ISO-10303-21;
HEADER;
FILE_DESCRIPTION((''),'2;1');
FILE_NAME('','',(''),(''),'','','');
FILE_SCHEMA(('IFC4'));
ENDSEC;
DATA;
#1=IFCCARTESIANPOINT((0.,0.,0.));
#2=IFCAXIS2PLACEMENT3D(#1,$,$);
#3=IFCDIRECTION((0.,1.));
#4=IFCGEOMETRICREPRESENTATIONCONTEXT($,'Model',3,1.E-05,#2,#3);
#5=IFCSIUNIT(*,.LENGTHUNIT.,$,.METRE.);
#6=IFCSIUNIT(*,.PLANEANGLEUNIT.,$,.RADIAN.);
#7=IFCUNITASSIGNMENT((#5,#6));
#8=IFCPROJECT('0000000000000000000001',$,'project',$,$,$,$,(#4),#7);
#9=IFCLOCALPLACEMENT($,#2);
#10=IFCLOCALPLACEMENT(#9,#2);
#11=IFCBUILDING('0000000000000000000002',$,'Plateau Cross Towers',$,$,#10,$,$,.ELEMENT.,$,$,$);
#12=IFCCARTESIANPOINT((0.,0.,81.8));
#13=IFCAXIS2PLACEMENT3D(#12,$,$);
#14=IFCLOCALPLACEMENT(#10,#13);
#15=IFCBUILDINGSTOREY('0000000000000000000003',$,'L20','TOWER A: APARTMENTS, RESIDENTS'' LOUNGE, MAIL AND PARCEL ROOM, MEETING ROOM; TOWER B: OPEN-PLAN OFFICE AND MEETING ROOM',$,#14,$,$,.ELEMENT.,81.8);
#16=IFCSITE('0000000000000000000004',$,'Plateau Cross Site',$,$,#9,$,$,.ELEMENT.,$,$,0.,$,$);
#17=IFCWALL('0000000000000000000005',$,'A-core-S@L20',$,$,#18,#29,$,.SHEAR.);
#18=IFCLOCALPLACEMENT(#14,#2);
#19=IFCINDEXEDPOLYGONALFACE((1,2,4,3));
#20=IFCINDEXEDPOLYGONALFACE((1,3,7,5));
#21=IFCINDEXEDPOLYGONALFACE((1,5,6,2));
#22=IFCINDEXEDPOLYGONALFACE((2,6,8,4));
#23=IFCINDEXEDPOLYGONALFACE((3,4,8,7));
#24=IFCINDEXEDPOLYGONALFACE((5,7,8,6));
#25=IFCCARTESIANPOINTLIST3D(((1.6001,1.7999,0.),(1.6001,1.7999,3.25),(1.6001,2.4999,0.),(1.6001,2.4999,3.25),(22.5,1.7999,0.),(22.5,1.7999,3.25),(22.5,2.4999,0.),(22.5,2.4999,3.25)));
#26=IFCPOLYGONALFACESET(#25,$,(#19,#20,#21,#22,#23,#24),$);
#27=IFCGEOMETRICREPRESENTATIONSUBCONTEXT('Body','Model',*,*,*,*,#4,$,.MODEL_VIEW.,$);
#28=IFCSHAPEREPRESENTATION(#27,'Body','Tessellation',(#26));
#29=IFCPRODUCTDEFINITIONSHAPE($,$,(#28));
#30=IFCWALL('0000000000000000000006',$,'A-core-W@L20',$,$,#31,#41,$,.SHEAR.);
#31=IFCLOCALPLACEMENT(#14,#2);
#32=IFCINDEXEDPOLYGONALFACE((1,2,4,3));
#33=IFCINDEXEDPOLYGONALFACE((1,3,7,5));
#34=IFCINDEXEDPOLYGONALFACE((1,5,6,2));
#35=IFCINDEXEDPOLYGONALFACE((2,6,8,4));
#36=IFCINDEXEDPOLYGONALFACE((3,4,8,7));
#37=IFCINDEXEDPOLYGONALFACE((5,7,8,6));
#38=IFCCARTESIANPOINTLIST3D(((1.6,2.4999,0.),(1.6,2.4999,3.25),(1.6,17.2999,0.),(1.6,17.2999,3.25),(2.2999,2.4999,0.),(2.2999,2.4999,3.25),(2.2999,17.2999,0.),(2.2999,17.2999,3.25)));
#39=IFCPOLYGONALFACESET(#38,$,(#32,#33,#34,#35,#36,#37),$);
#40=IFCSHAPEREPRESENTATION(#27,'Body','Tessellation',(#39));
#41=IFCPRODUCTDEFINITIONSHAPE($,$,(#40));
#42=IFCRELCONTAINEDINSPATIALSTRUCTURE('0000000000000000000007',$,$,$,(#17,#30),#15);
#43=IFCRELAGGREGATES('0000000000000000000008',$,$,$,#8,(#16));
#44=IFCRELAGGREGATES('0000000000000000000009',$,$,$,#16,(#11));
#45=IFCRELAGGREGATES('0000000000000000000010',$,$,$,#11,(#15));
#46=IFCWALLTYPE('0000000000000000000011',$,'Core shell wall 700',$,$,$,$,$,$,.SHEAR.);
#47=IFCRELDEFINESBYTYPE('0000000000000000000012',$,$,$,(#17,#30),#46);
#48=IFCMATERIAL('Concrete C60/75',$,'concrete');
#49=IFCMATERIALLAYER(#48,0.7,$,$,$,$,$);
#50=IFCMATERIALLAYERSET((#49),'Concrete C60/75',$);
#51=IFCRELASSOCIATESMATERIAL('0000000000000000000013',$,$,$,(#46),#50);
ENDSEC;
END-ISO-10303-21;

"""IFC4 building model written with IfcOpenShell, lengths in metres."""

from ifc_helpers import new_model, si_unit, direction, frame, frame_2d, origin, place, context, subcontext, project, spatial, rectangle, extrude, material, layer, layer_set, type_object, element, save


model = new_model("IFC4")

# Units and contexts
model_context = context("Model", 3, precision=1e-05, world=origin(), true_north=direction((0.0, 1.0)))
body_context = subcontext(model_context, "Body", "Model", "MODEL_VIEW")
ifc_project = project(units=[si_unit("LENGTHUNIT", "METRE"), si_unit("PLANEANGLEUNIT", "RADIAN")], contexts=[model_context])

# Site, building, storey
site_placement = place(None, origin())
site = spatial("IfcSite", under=ifc_project, at=site_placement, Name="Plateau Cross Site", CompositionType="ELEMENT", RefElevation=0.0)
building_placement = place(site_placement, origin())
building = spatial("IfcBuilding", under=site, at=building_placement, Name="Plateau Cross Towers", CompositionType="ELEMENT")
storey_placement = place(building_placement, frame((0.0, 0.0, 81.8)))
storey = spatial("IfcBuildingStorey", under=building, at=storey_placement, Name="L20", Description="TOWER A: APARTMENTS, RESIDENTS' LOUNGE, MAIL AND PARCEL ROOM, MEETING ROOM; TOWER B: OPEN-PLAN OFFICE AND MEETING ROOM", CompositionType="ELEMENT", Elevation=81.8)

# Shared definitions
ifc_material_1 = material(Name="Concrete C60/75", Category="concrete")

# Walls
ifc_layer_1 = layer(ifc_material_1, 0.7)
ifc_layer_set_1 = layer_set([ifc_layer_1], Name="Concrete C60/75")
wall_type_1 = type_object("IfcWallType", Name="Core shell wall 700", PredefinedType="SHEAR", material=ifc_layer_set_1)
wall_1_placement = place(storey_placement, frame((1.6001, 2.1499, 0.0), z_axis=(0.0, 0.0, 1.0), x_axis=(1.0, 0.0, 0.0)))
element("IfcWall", 1, at=wall_1_placement, inside=storey, type_object=wall_type_1, Name="A-core-S@L20", PredefinedType="SHEAR", context=body_context, shape_type="SweptSolid", body=[
    extrude(rectangle(XDim=20.8999, YDim=0.7, at=frame_2d((10.45, 0.0))), origin(), (0.0, 0.0, 1.0), 3.25),
])
wall_2_placement = place(storey_placement, frame((1.95, 2.5, 0.0), z_axis=(0.0, 0.0, 1.0), x_axis=(0.0, 1.0, 0.0)))
element("IfcWall", 2, at=wall_2_placement, inside=storey, type_object=wall_type_1, Name="A-core-W@L20", PredefinedType="SHEAR", context=body_context, shape_type="SweptSolid", body=[
    extrude(rectangle(XDim=14.8, YDim=0.7, at=frame_2d((7.3999, 0.0))), origin(), (0.0, 0.0, 1.0), 3.25),
])

save(model, "model.ifc")
